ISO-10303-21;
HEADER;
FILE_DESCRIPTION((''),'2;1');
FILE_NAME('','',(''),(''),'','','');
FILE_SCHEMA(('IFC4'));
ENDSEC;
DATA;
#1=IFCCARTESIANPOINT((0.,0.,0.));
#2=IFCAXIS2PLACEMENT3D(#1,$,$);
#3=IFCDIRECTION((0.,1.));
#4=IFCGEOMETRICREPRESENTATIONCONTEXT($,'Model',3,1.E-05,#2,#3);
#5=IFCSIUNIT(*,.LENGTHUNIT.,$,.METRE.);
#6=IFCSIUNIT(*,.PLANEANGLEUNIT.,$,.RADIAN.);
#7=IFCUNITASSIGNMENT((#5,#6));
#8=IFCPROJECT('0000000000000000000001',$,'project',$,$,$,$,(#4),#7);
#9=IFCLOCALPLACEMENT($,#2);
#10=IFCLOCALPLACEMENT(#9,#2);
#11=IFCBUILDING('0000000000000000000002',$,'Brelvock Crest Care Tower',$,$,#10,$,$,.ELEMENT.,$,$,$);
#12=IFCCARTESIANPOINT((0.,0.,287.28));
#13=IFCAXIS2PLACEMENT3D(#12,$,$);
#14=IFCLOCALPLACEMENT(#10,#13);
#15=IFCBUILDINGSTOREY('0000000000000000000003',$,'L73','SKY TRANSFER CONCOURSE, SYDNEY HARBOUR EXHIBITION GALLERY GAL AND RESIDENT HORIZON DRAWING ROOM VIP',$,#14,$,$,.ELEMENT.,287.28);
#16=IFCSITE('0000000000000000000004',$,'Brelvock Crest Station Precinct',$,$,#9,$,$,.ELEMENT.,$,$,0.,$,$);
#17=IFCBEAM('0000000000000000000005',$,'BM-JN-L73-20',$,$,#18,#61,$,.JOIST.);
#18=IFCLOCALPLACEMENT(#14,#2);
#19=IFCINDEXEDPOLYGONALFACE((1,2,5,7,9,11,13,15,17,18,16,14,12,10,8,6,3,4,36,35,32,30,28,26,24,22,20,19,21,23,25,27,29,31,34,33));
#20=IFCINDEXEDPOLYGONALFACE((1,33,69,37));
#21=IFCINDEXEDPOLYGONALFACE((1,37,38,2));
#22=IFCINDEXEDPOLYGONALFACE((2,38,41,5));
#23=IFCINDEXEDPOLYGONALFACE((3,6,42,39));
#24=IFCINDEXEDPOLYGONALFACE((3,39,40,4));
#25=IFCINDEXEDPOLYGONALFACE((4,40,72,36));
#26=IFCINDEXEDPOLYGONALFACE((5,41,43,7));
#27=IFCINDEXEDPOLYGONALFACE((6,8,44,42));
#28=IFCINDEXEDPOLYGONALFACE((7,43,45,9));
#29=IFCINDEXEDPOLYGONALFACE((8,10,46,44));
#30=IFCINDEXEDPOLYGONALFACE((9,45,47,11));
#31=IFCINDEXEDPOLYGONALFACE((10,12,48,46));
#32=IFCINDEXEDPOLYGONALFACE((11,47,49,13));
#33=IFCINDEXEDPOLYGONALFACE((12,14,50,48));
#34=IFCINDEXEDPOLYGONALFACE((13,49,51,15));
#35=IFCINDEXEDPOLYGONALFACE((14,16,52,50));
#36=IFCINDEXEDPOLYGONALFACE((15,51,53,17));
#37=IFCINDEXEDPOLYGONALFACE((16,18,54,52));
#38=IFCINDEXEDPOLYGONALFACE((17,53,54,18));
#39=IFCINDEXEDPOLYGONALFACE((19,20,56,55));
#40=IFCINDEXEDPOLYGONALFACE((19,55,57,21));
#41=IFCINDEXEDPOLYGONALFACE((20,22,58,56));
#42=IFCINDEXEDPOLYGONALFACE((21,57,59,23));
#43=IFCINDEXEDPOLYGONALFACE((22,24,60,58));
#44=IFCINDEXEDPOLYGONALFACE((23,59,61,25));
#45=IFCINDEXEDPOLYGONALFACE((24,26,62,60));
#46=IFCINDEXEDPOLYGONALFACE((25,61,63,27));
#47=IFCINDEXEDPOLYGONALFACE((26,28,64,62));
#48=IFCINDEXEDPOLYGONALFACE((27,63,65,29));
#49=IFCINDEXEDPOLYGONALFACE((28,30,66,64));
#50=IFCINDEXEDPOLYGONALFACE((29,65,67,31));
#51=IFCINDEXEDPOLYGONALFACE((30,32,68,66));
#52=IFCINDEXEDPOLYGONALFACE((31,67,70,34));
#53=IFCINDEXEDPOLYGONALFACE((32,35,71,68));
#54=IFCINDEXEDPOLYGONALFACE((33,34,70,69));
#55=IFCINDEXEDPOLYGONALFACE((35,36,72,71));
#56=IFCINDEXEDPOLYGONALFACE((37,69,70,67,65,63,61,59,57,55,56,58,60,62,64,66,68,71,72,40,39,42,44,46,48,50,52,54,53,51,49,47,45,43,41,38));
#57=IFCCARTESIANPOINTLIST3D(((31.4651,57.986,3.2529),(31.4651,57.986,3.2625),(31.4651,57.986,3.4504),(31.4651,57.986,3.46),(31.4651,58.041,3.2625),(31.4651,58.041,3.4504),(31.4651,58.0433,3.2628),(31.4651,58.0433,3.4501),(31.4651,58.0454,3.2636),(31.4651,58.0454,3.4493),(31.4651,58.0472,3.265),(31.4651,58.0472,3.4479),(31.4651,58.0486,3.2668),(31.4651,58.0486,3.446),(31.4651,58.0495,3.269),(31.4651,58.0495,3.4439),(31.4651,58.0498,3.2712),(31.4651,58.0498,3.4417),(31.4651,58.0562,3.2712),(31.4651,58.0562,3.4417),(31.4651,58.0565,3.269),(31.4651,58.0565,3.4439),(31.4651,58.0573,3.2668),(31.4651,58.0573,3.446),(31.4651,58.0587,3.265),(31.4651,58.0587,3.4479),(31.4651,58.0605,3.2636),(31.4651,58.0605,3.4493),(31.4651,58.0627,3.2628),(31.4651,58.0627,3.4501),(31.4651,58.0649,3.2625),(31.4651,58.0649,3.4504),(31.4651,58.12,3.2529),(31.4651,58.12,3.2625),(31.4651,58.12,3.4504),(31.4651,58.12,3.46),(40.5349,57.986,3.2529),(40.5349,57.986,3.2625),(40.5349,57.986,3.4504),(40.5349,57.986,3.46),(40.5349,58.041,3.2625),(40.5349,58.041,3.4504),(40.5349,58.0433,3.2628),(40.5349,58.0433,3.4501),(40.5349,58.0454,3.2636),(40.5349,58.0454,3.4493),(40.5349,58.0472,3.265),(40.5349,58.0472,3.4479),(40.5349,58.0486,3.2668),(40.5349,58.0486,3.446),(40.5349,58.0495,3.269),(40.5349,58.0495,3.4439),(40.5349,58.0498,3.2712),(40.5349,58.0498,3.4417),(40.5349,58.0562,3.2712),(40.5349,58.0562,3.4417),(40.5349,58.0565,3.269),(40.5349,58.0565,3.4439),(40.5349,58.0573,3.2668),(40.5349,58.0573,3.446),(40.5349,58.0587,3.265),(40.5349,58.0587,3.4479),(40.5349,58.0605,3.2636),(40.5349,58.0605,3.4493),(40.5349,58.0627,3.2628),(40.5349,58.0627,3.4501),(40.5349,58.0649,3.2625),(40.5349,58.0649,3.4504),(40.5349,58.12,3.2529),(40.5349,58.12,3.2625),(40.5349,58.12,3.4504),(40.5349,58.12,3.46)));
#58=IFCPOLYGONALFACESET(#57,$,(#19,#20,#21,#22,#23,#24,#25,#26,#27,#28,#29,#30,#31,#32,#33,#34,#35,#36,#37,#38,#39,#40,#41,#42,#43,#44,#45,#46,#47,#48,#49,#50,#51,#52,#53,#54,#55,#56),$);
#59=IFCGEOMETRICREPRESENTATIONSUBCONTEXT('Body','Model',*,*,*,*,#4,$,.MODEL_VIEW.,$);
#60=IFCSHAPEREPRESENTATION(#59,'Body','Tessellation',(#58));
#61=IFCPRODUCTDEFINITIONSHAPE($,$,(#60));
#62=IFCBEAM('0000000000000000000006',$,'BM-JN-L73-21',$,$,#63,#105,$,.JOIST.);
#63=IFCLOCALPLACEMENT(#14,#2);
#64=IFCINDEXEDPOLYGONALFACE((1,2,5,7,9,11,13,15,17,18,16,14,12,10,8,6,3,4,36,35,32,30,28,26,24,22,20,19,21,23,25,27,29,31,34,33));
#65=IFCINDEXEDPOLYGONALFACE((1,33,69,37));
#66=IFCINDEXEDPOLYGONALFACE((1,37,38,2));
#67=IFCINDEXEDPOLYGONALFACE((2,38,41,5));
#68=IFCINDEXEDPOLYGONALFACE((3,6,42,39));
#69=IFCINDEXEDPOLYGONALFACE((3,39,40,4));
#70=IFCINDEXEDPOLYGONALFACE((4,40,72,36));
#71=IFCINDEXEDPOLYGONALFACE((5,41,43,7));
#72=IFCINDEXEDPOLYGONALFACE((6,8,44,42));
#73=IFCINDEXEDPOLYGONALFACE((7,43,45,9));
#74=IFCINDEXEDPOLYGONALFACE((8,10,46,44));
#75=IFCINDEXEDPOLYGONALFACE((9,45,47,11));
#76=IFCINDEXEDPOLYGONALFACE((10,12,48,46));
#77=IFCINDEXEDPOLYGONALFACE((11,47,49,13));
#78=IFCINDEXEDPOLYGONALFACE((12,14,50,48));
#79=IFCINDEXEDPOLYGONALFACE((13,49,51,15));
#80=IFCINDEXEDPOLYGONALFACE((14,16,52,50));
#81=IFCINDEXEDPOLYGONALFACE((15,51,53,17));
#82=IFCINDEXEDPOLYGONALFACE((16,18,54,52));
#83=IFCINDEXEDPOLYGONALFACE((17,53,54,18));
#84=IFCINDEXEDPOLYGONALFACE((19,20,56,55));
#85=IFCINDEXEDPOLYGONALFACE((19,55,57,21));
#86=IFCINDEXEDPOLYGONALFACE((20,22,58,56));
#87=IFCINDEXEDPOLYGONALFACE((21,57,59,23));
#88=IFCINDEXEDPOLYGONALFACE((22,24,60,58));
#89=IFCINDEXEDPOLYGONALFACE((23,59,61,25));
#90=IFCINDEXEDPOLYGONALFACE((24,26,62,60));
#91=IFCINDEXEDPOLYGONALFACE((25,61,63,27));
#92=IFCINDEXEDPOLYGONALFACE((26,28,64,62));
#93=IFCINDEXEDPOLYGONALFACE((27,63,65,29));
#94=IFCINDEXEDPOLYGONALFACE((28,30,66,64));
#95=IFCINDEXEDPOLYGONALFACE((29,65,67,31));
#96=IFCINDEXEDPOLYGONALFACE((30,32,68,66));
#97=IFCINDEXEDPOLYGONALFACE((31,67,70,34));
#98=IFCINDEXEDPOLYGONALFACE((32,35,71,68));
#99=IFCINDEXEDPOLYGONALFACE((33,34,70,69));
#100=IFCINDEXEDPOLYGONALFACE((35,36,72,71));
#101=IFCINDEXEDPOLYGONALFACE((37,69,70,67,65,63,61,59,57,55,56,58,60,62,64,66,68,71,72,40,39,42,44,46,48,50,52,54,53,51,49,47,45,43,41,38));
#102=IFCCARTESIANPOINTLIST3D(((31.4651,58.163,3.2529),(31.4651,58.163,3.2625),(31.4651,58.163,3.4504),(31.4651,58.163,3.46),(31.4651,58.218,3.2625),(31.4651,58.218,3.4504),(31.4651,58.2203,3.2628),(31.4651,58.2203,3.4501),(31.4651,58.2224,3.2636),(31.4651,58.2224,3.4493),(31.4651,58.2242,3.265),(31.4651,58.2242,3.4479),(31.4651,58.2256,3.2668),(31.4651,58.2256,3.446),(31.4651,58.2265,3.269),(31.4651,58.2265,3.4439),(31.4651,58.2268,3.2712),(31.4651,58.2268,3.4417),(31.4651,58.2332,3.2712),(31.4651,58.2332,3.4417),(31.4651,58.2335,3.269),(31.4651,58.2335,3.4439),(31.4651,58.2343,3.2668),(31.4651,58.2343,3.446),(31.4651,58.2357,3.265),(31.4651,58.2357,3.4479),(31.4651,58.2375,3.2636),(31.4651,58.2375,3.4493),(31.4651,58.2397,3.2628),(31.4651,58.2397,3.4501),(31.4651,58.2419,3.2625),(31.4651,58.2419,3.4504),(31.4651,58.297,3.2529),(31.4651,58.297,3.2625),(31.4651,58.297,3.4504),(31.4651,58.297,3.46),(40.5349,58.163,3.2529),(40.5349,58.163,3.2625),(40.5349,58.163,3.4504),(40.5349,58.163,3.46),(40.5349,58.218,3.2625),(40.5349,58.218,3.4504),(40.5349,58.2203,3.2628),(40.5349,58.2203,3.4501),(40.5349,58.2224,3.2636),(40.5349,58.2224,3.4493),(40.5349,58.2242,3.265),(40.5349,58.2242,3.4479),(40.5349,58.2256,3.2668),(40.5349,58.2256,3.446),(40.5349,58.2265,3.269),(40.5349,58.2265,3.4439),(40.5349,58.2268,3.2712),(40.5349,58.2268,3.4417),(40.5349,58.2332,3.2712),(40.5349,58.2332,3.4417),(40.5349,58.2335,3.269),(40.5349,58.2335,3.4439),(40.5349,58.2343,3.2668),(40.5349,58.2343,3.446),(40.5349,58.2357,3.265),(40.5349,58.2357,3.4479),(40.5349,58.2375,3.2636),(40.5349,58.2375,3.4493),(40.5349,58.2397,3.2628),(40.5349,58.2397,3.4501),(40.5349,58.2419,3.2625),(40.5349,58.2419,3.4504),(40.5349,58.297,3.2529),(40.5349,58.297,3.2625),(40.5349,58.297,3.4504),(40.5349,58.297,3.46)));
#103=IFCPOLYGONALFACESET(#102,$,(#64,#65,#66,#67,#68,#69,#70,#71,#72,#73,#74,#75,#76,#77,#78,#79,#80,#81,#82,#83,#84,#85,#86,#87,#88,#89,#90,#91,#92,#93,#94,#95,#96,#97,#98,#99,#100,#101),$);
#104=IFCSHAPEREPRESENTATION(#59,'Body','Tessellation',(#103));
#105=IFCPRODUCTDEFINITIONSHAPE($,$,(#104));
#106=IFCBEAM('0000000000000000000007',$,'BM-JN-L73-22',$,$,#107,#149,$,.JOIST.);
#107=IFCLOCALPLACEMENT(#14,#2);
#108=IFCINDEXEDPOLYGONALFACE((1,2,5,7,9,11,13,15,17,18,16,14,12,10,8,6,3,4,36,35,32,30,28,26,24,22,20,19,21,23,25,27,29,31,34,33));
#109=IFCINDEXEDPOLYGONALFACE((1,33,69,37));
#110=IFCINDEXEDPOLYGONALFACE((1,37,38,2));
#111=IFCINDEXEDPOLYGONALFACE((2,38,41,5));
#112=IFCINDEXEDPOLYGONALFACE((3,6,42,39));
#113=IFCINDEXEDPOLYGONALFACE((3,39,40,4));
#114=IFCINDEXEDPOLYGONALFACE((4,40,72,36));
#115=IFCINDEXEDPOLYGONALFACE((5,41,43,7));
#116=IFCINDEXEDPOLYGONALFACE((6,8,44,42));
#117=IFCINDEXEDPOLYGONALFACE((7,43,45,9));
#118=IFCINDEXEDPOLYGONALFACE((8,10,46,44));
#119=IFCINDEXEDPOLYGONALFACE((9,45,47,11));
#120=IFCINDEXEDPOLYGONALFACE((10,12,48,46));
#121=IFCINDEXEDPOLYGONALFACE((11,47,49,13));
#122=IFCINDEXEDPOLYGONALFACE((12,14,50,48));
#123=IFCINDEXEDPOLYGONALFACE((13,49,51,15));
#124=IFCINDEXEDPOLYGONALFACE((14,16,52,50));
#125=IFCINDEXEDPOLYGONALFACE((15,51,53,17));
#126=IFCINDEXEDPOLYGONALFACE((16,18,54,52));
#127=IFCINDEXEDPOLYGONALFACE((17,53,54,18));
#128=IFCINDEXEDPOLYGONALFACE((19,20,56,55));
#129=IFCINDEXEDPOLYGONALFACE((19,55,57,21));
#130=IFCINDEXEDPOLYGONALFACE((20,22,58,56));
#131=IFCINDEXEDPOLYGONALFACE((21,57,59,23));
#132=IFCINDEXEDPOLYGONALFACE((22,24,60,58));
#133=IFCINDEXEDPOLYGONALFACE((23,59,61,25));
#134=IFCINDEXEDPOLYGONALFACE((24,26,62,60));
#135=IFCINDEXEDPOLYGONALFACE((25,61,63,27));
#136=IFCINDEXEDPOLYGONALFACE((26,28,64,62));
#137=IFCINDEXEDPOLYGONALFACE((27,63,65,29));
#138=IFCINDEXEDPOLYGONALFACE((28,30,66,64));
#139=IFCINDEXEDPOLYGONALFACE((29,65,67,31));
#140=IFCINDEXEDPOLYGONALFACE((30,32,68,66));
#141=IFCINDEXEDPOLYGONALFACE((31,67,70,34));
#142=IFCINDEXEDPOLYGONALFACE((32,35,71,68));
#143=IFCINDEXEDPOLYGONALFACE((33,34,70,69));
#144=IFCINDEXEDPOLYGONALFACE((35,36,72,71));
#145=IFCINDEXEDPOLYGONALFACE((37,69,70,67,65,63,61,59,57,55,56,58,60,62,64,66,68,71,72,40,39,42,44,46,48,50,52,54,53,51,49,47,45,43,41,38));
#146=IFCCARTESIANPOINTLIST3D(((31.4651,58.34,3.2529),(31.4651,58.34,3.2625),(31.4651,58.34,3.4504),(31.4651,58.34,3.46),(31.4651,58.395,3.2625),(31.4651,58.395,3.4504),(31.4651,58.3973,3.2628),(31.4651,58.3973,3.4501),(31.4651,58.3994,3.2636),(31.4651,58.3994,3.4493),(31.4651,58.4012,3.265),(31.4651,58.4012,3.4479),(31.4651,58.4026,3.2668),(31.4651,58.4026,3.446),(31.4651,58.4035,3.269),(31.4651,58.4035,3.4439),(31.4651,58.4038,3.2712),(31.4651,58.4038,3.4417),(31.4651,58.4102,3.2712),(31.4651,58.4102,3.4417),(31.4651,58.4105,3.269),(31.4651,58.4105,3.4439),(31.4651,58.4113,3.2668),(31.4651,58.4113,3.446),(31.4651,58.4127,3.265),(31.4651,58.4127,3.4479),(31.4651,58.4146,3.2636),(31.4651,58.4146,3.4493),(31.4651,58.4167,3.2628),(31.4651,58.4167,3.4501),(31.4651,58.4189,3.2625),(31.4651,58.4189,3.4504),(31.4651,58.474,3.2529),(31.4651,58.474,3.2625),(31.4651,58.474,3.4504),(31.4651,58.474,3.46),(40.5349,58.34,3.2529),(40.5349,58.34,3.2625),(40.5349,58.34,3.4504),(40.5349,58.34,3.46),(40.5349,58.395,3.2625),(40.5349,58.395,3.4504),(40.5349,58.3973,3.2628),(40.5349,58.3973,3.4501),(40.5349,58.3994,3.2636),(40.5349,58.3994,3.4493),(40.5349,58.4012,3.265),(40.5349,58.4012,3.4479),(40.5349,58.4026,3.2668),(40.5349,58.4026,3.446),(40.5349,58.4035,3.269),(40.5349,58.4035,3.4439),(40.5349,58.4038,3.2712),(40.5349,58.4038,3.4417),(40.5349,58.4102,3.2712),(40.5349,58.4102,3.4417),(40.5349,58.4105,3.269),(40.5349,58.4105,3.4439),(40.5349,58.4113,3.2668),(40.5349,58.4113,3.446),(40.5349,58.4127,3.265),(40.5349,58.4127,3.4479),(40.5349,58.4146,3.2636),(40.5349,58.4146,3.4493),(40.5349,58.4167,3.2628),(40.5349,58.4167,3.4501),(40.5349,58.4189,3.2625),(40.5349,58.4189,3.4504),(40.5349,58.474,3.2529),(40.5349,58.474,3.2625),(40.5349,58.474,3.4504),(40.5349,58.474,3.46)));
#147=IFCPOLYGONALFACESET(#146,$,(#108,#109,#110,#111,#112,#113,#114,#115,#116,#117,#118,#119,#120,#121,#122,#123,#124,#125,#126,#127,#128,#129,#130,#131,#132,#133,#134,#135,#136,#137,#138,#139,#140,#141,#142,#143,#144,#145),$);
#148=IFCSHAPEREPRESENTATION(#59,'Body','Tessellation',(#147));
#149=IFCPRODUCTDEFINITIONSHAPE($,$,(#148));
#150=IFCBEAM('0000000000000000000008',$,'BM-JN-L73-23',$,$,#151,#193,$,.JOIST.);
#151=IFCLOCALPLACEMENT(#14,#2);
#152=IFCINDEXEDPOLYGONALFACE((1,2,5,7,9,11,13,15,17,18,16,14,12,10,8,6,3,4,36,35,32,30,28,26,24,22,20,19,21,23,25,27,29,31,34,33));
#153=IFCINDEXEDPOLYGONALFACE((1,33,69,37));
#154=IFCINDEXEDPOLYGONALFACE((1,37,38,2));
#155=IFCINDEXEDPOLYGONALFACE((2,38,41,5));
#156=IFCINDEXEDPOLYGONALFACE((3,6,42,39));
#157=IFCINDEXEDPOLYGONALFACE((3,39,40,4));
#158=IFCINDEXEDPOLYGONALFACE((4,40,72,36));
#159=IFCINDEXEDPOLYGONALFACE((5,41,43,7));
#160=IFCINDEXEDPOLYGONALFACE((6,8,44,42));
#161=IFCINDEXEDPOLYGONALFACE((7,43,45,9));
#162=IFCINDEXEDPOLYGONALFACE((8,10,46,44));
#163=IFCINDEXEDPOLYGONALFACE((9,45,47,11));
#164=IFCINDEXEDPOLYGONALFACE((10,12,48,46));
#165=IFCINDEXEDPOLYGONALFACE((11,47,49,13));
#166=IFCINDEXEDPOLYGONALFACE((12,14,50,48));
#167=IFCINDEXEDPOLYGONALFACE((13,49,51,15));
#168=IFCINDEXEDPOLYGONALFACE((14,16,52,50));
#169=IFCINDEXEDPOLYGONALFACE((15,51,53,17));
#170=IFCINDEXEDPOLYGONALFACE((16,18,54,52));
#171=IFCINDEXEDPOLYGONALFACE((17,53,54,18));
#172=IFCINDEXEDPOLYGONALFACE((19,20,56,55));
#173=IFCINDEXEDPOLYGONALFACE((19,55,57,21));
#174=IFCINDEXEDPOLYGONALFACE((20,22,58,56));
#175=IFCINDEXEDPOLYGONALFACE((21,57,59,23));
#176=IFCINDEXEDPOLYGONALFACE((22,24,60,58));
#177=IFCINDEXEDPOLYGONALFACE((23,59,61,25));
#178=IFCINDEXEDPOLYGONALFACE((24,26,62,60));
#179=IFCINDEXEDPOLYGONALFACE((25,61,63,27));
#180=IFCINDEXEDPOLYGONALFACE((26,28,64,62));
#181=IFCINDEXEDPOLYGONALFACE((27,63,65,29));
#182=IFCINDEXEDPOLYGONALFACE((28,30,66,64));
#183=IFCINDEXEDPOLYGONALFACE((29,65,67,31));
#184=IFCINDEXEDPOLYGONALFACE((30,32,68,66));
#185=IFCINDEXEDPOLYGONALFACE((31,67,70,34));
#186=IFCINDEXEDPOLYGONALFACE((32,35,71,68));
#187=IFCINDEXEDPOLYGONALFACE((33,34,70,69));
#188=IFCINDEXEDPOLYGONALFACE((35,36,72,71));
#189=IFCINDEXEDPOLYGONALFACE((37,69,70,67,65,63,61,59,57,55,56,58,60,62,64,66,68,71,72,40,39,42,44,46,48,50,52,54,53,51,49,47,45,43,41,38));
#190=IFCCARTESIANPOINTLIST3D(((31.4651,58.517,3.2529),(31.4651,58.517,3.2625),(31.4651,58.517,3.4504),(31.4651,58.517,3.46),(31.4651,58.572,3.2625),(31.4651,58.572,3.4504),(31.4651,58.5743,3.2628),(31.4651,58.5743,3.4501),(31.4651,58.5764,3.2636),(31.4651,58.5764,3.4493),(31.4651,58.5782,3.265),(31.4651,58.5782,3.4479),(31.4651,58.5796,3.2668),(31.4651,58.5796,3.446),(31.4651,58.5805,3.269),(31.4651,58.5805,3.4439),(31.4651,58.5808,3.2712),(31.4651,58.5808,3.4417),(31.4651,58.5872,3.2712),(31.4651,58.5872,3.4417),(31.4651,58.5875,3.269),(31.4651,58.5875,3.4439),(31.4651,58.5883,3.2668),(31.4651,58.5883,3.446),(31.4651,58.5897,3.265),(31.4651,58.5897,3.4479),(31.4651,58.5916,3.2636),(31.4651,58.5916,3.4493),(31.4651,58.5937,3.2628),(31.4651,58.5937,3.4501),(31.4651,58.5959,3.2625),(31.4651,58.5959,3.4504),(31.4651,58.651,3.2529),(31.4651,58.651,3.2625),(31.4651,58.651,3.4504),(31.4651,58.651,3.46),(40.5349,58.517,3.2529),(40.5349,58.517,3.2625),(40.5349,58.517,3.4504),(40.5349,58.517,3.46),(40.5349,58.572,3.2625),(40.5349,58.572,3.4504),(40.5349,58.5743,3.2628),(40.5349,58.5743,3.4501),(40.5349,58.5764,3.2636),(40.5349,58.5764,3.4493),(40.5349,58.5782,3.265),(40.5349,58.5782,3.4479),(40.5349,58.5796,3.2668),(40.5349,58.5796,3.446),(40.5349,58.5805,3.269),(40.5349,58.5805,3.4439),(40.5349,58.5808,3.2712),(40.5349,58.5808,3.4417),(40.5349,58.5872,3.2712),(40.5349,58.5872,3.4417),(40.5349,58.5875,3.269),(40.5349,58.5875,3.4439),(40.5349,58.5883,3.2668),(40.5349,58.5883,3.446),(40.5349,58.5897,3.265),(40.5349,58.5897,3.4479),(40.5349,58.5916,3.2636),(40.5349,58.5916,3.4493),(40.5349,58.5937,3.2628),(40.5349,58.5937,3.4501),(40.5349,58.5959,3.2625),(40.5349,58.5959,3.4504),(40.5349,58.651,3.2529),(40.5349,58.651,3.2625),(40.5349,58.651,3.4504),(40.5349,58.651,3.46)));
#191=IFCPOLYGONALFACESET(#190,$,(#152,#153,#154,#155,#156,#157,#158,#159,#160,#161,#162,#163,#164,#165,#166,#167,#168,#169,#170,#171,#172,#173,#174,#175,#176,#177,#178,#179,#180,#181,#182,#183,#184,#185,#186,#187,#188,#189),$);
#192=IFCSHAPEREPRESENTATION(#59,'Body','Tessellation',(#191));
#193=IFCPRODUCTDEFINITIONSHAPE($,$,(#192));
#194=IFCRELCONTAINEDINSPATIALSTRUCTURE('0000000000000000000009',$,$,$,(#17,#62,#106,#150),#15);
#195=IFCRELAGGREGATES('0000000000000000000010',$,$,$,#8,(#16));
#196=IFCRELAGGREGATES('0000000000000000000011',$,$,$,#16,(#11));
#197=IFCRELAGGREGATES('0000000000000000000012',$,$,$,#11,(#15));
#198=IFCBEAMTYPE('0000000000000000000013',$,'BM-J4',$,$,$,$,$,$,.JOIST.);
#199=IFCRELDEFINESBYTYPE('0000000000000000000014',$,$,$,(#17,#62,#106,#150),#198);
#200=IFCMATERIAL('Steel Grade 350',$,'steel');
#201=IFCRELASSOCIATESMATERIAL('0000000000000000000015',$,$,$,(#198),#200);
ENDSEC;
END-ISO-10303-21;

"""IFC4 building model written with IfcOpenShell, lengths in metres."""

from ifc_helpers import new_model, si_unit, direction, frame, origin, origin_2d, place, context, subcontext, project, spatial, i_section, extrude, source, transform, mapped, material, material_profile, profile_set, type_object, element, save


model = new_model("IFC4")

# Units and contexts
model_context = context("Model", 3, precision=1e-05, world=origin(), true_north=direction((0.0, 1.0)))
body_context = subcontext(model_context, "Body", "Model", "MODEL_VIEW")
ifc_project = project(units=[si_unit("LENGTHUNIT", "METRE"), si_unit("PLANEANGLEUNIT", "RADIAN")], contexts=[model_context])

# Site, building, storey
site_placement = place(None, origin())
site = spatial("IfcSite", under=ifc_project, at=site_placement, Name="Brelvock Crest Station Precinct", CompositionType="ELEMENT", RefElevation=0.0)
building_placement = place(site_placement, origin())
building = spatial("IfcBuilding", under=site, at=building_placement, Name="Brelvock Crest Care Tower", CompositionType="ELEMENT")
storey_placement = place(building_placement, frame((0.0, 0.0, 287.28)))
storey = spatial("IfcBuildingStorey", under=building, at=storey_placement, Name="L73", Description="SKY TRANSFER CONCOURSE, SYDNEY HARBOUR EXHIBITION GALLERY GAL AND RESIDENT HORIZON DRAWING ROOM VIP", CompositionType="ELEMENT", Elevation=287.28)

# Shared definitions
ifc_material_1 = material(Name="Steel Grade 350", Category="steel")

# Beams
ifc_material_profile_1 = material_profile(ifc_material_1, i_section(OverallWidth=0.134, OverallDepth=0.207, WebThickness=0.0063, FlangeThickness=0.0095, FilletRadius=0.0088, at=origin_2d()), Name="200UB29.8")
ifc_profile_set_1 = profile_set([ifc_material_profile_1], Name="Steel Grade 350")
beam_type_1 = type_object("IfcBeamType", Name="BM-J4", PredefinedType="JOIST", material=ifc_profile_set_1)
shared_shape_1 = source(origin(), body_context, "Body", "SweptSolid", [
    extrude(i_section(OverallWidth=0.134, OverallDepth=0.207, WebThickness=0.0063, FlangeThickness=0.0095, FilletRadius=0.0088, at=origin_2d()), origin(), (0.0, 0.0, 1.0), 9.0698),
])
for number, where, z_axis, x_axis, name in (
    (1, (31.4651, 58.053, 3.3564), (1.0, 0.0, 0.0), (0.0, 1.0, 0.0), "BM-JN-L73-20"),
    (2, (31.4651, 58.23, 3.3564), (1.0, 0.0, 0.0), (0.0, 1.0, 0.0), "BM-JN-L73-21"),
    (3, (31.4651, 58.407, 3.3564), (1.0, 0.0, 0.0), (0.0, 1.0, 0.0), "BM-JN-L73-22"),
    (4, (31.4651, 58.584, 3.3564), (1.0, 0.0, 0.0), (0.0, 1.0, 0.0), "BM-JN-L73-23"),
):
    element("IfcBeam", number, at=place(storey_placement, frame(where, z_axis=z_axis, x_axis=x_axis)), inside=storey, type_object=beam_type_1, Name=name, PredefinedType="JOIST", context=body_context, shape_type="MappedRepresentation", body=[
        mapped(shared_shape_1, transform((0.0, 0.0, 0.0), x_axis=(1.0, 0.0, 0.0), y_axis=(0.0, 1.0, 0.0), z_axis=(0.0, 0.0, 1.0), scale=1.0)),
    ])

save(model, "model.ifc")
